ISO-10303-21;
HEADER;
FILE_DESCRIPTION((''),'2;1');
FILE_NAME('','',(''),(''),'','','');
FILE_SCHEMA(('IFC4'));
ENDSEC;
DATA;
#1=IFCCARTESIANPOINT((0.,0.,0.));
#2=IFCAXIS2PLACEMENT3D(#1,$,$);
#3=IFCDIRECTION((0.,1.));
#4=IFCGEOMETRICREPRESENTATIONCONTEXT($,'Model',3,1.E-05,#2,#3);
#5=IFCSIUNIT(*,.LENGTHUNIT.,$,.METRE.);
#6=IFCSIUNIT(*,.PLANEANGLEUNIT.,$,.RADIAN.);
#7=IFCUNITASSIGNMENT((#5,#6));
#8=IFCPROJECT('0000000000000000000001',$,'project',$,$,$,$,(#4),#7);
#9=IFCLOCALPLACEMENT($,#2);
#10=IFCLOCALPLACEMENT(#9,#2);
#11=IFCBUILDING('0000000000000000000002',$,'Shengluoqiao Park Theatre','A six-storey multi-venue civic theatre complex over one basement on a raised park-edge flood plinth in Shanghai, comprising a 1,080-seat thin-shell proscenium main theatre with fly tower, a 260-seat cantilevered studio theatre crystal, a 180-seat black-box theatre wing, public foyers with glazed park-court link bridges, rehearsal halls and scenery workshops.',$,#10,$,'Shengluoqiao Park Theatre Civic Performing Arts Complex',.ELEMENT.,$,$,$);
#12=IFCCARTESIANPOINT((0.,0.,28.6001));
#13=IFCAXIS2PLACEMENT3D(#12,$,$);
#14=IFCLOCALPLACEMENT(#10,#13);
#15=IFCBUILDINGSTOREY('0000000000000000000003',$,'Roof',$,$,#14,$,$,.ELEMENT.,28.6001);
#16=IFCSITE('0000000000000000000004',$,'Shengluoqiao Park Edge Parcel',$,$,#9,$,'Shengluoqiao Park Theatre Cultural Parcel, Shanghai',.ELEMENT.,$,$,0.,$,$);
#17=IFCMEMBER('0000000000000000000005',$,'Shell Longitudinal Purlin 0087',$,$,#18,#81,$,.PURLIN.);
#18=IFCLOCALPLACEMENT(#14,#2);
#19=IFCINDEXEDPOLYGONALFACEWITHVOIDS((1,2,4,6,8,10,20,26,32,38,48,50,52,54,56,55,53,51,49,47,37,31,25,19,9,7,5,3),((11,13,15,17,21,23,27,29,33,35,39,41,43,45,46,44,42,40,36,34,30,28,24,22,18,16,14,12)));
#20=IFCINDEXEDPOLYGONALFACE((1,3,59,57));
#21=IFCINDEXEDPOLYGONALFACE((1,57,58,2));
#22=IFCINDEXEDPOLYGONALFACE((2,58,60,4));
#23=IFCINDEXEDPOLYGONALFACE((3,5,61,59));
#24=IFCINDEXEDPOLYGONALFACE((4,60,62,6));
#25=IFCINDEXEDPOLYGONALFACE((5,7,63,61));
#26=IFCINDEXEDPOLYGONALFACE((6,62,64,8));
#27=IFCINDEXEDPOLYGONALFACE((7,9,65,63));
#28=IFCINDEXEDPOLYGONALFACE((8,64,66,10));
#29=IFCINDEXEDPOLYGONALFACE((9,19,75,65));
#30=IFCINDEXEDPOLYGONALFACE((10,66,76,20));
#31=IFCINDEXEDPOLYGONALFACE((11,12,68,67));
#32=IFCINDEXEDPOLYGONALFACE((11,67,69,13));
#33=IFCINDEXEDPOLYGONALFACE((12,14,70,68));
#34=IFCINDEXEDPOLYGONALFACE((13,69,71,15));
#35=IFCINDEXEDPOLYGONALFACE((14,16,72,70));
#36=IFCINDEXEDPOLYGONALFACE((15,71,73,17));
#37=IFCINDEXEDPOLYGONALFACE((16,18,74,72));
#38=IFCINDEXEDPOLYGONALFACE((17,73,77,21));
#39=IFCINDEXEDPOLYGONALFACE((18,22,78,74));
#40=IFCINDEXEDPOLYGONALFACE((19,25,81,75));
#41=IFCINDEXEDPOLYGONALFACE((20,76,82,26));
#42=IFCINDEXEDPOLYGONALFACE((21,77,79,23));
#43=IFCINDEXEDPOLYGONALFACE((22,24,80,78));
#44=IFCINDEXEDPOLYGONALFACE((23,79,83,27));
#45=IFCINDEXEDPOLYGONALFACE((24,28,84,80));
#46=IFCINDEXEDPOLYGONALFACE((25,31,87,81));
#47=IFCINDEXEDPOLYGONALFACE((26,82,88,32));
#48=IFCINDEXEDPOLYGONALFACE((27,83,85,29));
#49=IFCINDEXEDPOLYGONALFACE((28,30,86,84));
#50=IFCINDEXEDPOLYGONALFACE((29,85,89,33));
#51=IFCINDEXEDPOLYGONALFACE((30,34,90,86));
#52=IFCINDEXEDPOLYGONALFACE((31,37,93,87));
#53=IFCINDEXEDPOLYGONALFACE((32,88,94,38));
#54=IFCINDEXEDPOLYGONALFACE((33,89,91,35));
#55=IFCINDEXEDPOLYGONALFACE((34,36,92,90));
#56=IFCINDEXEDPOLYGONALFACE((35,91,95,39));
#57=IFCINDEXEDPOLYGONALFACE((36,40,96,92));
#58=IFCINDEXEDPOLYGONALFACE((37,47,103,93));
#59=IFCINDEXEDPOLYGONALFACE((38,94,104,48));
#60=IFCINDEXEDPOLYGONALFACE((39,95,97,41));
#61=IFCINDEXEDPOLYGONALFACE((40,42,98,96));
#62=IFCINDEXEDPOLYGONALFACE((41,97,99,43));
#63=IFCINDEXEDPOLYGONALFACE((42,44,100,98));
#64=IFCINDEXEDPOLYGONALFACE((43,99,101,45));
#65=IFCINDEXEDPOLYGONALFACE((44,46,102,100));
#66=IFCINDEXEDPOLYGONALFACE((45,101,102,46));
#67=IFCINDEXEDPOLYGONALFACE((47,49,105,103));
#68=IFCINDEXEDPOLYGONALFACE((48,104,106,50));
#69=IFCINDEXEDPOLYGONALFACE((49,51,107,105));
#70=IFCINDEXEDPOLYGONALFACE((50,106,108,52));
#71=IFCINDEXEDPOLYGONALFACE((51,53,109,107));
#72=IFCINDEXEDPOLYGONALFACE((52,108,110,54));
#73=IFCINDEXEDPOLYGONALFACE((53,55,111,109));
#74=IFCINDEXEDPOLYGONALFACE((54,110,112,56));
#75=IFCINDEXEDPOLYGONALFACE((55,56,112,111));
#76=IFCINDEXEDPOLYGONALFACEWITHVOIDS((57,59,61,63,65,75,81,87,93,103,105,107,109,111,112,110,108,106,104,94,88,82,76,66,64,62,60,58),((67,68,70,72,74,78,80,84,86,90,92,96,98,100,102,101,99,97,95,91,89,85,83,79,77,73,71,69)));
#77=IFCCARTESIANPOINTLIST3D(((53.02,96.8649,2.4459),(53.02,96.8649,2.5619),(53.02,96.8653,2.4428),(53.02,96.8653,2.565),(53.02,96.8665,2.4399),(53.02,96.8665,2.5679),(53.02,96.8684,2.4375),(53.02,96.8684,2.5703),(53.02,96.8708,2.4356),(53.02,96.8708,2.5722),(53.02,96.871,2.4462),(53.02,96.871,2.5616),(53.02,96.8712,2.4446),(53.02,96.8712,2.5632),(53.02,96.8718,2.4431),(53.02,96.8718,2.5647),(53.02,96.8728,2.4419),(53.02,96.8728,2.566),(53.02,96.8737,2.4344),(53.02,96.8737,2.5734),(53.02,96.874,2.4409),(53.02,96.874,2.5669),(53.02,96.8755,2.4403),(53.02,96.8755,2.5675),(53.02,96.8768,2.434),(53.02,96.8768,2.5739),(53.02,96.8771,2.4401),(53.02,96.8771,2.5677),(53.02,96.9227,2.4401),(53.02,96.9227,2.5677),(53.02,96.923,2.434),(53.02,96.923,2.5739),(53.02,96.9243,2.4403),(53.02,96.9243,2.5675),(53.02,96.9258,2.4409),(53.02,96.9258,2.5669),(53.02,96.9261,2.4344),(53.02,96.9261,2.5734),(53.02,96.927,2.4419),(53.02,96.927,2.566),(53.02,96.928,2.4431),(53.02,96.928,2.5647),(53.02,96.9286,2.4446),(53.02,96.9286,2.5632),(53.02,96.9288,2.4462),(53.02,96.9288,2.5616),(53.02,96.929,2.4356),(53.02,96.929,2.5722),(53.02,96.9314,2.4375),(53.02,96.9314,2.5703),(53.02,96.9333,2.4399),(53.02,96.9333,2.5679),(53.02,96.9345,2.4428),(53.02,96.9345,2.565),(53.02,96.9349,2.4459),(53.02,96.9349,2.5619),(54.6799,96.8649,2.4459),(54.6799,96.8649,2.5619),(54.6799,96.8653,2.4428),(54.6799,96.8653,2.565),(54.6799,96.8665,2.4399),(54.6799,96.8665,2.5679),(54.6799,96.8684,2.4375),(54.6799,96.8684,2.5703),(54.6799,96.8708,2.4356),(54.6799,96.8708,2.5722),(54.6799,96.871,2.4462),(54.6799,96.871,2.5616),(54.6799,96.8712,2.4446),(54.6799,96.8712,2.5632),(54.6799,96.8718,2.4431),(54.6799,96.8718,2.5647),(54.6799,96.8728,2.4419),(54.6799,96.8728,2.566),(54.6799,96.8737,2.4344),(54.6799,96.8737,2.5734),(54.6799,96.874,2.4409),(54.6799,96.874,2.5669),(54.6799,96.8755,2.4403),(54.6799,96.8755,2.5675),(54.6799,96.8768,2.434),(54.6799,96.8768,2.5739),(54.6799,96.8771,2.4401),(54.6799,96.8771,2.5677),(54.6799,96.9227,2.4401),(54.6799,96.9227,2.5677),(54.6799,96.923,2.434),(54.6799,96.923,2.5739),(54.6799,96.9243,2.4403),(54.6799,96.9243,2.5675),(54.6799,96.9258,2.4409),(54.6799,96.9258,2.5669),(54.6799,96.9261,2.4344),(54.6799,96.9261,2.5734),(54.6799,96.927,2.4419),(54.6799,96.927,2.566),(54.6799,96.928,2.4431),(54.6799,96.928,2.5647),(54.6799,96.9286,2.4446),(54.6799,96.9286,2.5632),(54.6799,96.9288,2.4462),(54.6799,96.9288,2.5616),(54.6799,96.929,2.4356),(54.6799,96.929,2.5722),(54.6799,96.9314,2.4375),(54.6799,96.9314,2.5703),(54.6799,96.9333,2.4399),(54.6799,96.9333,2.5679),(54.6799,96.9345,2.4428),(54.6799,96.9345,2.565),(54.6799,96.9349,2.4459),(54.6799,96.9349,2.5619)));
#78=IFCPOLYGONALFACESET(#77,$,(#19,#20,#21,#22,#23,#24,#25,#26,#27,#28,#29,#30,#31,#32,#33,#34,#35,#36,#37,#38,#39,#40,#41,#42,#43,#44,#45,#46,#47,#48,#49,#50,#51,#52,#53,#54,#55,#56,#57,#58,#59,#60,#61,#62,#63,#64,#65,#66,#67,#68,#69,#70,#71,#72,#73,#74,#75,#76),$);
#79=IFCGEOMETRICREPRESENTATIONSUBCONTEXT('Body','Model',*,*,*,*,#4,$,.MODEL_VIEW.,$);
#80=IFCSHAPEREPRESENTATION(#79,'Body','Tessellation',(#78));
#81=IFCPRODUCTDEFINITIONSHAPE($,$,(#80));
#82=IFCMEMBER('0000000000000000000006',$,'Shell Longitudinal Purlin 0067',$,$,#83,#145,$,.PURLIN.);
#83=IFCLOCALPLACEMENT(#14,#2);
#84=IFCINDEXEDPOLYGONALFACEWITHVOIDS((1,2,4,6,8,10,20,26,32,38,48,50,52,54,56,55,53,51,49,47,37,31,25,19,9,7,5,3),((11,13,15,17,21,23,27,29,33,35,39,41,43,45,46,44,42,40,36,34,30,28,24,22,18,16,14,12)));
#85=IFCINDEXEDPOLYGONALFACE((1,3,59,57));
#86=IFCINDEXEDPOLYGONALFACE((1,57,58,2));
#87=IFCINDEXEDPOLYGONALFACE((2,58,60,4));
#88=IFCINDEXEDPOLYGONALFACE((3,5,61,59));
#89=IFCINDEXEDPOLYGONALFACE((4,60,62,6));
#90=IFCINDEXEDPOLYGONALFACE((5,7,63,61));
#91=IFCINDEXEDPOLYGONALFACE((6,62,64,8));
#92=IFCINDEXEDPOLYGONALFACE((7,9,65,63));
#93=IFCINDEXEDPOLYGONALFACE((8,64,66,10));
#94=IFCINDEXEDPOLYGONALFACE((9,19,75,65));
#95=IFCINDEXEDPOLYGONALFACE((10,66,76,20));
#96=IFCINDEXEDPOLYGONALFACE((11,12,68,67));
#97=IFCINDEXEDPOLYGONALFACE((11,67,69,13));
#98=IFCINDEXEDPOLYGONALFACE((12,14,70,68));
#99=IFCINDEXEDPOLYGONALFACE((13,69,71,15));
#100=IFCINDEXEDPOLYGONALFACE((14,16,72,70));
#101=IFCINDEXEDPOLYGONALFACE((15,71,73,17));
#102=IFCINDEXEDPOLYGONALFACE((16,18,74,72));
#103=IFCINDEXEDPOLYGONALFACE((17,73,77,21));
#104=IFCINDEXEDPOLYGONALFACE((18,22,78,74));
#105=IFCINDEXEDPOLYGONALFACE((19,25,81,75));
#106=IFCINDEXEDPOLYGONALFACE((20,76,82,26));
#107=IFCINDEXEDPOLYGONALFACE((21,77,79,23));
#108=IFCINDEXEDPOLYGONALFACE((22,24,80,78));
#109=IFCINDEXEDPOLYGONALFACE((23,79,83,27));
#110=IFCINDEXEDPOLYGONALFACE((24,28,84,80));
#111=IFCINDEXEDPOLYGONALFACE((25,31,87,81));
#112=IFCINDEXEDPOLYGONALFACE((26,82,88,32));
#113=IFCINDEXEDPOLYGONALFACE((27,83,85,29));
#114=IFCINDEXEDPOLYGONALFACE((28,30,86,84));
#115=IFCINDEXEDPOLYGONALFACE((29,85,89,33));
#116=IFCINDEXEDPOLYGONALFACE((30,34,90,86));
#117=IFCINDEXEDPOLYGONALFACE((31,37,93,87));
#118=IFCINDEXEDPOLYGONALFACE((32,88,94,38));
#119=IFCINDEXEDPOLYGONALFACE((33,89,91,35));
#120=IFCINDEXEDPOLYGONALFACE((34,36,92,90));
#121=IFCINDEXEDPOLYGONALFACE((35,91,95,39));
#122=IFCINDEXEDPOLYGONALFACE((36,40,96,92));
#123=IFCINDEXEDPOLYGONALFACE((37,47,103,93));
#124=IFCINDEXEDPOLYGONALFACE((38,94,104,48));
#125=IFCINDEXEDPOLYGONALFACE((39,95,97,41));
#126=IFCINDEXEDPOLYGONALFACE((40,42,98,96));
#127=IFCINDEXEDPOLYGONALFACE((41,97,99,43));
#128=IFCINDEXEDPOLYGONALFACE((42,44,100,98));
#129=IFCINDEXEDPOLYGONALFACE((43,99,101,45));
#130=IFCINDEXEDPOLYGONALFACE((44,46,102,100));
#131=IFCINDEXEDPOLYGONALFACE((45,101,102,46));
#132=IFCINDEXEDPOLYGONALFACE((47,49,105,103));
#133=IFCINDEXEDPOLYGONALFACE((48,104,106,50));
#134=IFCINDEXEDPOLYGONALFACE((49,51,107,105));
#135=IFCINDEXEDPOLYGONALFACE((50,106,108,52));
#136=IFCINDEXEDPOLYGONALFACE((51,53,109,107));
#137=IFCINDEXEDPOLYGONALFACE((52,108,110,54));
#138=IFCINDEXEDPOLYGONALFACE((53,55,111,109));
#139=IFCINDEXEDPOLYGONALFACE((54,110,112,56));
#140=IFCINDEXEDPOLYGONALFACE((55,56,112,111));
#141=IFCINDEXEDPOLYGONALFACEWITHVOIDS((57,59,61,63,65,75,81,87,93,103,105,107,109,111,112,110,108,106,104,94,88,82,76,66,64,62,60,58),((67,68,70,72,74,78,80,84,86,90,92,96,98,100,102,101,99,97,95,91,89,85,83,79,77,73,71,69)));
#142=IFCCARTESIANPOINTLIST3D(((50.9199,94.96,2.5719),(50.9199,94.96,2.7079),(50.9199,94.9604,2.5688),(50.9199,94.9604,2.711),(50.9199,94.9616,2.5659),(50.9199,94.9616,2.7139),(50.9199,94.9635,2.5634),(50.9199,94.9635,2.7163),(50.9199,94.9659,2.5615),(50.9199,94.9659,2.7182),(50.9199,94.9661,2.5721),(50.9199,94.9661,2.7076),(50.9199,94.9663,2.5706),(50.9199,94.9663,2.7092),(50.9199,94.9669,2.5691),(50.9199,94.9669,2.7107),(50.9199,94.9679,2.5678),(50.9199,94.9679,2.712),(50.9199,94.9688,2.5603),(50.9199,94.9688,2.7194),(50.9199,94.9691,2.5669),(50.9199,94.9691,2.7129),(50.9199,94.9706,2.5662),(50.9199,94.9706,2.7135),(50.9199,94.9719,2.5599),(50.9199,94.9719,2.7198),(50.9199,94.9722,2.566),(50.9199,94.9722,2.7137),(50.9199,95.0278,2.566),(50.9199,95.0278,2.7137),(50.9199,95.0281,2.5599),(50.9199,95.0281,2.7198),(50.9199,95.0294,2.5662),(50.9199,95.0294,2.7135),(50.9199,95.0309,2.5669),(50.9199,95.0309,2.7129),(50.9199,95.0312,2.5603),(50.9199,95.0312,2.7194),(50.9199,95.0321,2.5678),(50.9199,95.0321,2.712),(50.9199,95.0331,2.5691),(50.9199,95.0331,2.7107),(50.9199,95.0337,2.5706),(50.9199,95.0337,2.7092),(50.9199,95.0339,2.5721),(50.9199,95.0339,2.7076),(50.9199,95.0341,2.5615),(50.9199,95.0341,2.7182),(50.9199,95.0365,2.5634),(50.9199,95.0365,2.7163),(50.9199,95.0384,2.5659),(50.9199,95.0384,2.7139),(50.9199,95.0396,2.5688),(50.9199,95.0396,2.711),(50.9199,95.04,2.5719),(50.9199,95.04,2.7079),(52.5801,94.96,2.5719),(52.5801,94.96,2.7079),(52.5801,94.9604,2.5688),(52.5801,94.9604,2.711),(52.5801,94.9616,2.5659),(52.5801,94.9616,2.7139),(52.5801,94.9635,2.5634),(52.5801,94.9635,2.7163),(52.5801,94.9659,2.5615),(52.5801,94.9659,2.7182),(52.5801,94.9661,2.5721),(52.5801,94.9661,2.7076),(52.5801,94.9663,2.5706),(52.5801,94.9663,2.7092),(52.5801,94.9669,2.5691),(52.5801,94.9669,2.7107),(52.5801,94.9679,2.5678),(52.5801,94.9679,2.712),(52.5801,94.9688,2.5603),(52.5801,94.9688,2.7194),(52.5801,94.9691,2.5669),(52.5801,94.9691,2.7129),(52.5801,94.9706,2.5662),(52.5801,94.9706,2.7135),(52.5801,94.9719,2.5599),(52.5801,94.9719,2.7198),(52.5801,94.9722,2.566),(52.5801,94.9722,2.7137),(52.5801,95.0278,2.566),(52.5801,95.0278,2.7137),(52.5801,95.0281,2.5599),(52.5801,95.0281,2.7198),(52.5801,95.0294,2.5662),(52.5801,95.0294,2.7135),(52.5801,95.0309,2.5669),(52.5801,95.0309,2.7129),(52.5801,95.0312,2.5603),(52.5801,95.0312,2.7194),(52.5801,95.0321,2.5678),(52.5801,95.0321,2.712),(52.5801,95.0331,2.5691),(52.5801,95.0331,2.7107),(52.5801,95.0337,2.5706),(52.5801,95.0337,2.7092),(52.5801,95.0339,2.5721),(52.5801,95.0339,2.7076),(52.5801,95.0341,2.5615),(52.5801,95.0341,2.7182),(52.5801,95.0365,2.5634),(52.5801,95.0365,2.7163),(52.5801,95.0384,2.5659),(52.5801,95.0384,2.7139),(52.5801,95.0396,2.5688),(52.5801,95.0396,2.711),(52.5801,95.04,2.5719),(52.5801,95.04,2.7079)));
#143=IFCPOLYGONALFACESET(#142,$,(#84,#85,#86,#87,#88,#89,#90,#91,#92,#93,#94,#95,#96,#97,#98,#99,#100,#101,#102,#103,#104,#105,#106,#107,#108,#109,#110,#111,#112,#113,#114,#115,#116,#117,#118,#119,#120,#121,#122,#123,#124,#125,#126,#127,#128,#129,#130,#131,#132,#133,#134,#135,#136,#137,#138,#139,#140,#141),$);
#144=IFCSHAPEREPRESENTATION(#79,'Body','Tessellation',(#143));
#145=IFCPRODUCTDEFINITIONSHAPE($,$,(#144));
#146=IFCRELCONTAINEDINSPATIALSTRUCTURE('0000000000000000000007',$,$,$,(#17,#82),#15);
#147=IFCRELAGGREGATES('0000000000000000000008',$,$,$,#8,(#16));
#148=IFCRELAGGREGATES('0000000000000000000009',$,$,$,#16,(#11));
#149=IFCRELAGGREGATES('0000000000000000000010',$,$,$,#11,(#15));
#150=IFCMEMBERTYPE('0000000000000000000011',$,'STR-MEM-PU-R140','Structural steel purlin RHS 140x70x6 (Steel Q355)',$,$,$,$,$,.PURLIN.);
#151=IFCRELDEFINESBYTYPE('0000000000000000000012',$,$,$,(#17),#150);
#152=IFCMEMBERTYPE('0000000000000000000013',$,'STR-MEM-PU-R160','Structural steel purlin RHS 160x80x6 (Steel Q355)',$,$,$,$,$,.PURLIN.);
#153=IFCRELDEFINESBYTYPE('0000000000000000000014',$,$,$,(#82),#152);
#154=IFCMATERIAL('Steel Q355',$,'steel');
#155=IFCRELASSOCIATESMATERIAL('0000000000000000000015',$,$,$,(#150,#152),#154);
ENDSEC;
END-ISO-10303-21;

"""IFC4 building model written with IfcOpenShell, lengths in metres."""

from ifc_helpers import new_model, si_unit, direction, frame, origin, origin_2d, place, context, subcontext, project, spatial, hollow_rectangle, extrude, material, material_profile, profile_set, type_object, element, save


model = new_model("IFC4")

# Units and contexts
model_context = context("Model", 3, precision=1e-05, world=origin(), true_north=direction((0.0, 1.0)))
body_context = subcontext(model_context, "Body", "Model", "MODEL_VIEW")
ifc_project = project(units=[si_unit("LENGTHUNIT", "METRE"), si_unit("PLANEANGLEUNIT", "RADIAN")], contexts=[model_context])

# Site, building, storey
site_placement = place(None, origin())
site = spatial("IfcSite", under=ifc_project, at=site_placement, Name="Shengluoqiao Park Edge Parcel", LongName="Shengluoqiao Park Theatre Cultural Parcel, Shanghai", CompositionType="ELEMENT", RefElevation=0.0)
building_placement = place(site_placement, origin())
building = spatial("IfcBuilding", under=site, at=building_placement, Name="Shengluoqiao Park Theatre", Description="A six-storey multi-venue civic theatre complex over one basement on a raised park-edge flood plinth in Shanghai, comprising a 1,080-seat thin-shell proscenium main theatre with fly tower, a 260-seat cantilevered studio theatre crystal, a 180-seat black-box theatre wing, public foyers with glazed park-court link bridges, rehearsal halls and scenery workshops.", LongName="Shengluoqiao Park Theatre Civic Performing Arts Complex", CompositionType="ELEMENT")
storey_placement = place(building_placement, frame((0.0, 0.0, 28.6001)))
storey = spatial("IfcBuildingStorey", under=building, at=storey_placement, Name="Roof", CompositionType="ELEMENT", Elevation=28.6001)

# Shared definitions
ifc_material_1 = material(Name="Steel Q355", Category="steel")

# Members
ifc_material_profile_1 = material_profile(ifc_material_1, hollow_rectangle(XDim=0.0701, YDim=0.1399, WallThickness=0.0061, InnerFilletRadius=0.0061, OuterFilletRadius=0.012, at=origin_2d()), Name="RHS 140x70x6")
ifc_profile_set_1 = profile_set([ifc_material_profile_1], Name="Steel Q355")
member_type_1 = type_object("IfcMemberType", Name="STR-MEM-PU-R140", Description="Structural steel purlin RHS 140x70x6 (Steel Q355)", PredefinedType="PURLIN", material=ifc_profile_set_1)
member_1_placement = place(storey_placement, frame((53.02, 96.8999, 2.5039), z_axis=(1.0, 0.0, 0.0), x_axis=(0.0, 1.0, 0.0)))
element("IfcMember", 1, at=member_1_placement, inside=storey, type_object=member_type_1, Name="Shell Longitudinal Purlin 0087", PredefinedType="PURLIN", context=body_context, shape_type="SweptSolid", body=[
    extrude(hollow_rectangle(XDim=0.0701, YDim=0.1399, WallThickness=0.0061, InnerFilletRadius=0.0061, OuterFilletRadius=0.012, at=origin_2d()), origin(), (0.0, 0.0, 1.0), 1.6599),
])
ifc_material_profile_2 = material_profile(ifc_material_1, hollow_rectangle(XDim=0.0801, YDim=0.1599, WallThickness=0.0061, InnerFilletRadius=0.0061, OuterFilletRadius=0.012, at=origin_2d()), Name="RHS 160x80x6")
ifc_profile_set_2 = profile_set([ifc_material_profile_2], Name="Steel Q355")
member_type_2 = type_object("IfcMemberType", Name="STR-MEM-PU-R160", Description="Structural steel purlin RHS 160x80x6 (Steel Q355)", PredefinedType="PURLIN", material=ifc_profile_set_2)
member_2_placement = place(storey_placement, frame((50.9199, 95.0, 2.6399), z_axis=(1.0, 0.0, 0.0), x_axis=(0.0, 1.0, 0.0)))
element("IfcMember", 2, at=member_2_placement, inside=storey, type_object=member_type_2, Name="Shell Longitudinal Purlin 0067", PredefinedType="PURLIN", context=body_context, shape_type="SweptSolid", body=[
    extrude(hollow_rectangle(XDim=0.0801, YDim=0.1599, WallThickness=0.0061, InnerFilletRadius=0.0061, OuterFilletRadius=0.012, at=origin_2d()), origin(), (0.0, 0.0, 1.0), 1.6602),
])

save(model, "model.ifc")
